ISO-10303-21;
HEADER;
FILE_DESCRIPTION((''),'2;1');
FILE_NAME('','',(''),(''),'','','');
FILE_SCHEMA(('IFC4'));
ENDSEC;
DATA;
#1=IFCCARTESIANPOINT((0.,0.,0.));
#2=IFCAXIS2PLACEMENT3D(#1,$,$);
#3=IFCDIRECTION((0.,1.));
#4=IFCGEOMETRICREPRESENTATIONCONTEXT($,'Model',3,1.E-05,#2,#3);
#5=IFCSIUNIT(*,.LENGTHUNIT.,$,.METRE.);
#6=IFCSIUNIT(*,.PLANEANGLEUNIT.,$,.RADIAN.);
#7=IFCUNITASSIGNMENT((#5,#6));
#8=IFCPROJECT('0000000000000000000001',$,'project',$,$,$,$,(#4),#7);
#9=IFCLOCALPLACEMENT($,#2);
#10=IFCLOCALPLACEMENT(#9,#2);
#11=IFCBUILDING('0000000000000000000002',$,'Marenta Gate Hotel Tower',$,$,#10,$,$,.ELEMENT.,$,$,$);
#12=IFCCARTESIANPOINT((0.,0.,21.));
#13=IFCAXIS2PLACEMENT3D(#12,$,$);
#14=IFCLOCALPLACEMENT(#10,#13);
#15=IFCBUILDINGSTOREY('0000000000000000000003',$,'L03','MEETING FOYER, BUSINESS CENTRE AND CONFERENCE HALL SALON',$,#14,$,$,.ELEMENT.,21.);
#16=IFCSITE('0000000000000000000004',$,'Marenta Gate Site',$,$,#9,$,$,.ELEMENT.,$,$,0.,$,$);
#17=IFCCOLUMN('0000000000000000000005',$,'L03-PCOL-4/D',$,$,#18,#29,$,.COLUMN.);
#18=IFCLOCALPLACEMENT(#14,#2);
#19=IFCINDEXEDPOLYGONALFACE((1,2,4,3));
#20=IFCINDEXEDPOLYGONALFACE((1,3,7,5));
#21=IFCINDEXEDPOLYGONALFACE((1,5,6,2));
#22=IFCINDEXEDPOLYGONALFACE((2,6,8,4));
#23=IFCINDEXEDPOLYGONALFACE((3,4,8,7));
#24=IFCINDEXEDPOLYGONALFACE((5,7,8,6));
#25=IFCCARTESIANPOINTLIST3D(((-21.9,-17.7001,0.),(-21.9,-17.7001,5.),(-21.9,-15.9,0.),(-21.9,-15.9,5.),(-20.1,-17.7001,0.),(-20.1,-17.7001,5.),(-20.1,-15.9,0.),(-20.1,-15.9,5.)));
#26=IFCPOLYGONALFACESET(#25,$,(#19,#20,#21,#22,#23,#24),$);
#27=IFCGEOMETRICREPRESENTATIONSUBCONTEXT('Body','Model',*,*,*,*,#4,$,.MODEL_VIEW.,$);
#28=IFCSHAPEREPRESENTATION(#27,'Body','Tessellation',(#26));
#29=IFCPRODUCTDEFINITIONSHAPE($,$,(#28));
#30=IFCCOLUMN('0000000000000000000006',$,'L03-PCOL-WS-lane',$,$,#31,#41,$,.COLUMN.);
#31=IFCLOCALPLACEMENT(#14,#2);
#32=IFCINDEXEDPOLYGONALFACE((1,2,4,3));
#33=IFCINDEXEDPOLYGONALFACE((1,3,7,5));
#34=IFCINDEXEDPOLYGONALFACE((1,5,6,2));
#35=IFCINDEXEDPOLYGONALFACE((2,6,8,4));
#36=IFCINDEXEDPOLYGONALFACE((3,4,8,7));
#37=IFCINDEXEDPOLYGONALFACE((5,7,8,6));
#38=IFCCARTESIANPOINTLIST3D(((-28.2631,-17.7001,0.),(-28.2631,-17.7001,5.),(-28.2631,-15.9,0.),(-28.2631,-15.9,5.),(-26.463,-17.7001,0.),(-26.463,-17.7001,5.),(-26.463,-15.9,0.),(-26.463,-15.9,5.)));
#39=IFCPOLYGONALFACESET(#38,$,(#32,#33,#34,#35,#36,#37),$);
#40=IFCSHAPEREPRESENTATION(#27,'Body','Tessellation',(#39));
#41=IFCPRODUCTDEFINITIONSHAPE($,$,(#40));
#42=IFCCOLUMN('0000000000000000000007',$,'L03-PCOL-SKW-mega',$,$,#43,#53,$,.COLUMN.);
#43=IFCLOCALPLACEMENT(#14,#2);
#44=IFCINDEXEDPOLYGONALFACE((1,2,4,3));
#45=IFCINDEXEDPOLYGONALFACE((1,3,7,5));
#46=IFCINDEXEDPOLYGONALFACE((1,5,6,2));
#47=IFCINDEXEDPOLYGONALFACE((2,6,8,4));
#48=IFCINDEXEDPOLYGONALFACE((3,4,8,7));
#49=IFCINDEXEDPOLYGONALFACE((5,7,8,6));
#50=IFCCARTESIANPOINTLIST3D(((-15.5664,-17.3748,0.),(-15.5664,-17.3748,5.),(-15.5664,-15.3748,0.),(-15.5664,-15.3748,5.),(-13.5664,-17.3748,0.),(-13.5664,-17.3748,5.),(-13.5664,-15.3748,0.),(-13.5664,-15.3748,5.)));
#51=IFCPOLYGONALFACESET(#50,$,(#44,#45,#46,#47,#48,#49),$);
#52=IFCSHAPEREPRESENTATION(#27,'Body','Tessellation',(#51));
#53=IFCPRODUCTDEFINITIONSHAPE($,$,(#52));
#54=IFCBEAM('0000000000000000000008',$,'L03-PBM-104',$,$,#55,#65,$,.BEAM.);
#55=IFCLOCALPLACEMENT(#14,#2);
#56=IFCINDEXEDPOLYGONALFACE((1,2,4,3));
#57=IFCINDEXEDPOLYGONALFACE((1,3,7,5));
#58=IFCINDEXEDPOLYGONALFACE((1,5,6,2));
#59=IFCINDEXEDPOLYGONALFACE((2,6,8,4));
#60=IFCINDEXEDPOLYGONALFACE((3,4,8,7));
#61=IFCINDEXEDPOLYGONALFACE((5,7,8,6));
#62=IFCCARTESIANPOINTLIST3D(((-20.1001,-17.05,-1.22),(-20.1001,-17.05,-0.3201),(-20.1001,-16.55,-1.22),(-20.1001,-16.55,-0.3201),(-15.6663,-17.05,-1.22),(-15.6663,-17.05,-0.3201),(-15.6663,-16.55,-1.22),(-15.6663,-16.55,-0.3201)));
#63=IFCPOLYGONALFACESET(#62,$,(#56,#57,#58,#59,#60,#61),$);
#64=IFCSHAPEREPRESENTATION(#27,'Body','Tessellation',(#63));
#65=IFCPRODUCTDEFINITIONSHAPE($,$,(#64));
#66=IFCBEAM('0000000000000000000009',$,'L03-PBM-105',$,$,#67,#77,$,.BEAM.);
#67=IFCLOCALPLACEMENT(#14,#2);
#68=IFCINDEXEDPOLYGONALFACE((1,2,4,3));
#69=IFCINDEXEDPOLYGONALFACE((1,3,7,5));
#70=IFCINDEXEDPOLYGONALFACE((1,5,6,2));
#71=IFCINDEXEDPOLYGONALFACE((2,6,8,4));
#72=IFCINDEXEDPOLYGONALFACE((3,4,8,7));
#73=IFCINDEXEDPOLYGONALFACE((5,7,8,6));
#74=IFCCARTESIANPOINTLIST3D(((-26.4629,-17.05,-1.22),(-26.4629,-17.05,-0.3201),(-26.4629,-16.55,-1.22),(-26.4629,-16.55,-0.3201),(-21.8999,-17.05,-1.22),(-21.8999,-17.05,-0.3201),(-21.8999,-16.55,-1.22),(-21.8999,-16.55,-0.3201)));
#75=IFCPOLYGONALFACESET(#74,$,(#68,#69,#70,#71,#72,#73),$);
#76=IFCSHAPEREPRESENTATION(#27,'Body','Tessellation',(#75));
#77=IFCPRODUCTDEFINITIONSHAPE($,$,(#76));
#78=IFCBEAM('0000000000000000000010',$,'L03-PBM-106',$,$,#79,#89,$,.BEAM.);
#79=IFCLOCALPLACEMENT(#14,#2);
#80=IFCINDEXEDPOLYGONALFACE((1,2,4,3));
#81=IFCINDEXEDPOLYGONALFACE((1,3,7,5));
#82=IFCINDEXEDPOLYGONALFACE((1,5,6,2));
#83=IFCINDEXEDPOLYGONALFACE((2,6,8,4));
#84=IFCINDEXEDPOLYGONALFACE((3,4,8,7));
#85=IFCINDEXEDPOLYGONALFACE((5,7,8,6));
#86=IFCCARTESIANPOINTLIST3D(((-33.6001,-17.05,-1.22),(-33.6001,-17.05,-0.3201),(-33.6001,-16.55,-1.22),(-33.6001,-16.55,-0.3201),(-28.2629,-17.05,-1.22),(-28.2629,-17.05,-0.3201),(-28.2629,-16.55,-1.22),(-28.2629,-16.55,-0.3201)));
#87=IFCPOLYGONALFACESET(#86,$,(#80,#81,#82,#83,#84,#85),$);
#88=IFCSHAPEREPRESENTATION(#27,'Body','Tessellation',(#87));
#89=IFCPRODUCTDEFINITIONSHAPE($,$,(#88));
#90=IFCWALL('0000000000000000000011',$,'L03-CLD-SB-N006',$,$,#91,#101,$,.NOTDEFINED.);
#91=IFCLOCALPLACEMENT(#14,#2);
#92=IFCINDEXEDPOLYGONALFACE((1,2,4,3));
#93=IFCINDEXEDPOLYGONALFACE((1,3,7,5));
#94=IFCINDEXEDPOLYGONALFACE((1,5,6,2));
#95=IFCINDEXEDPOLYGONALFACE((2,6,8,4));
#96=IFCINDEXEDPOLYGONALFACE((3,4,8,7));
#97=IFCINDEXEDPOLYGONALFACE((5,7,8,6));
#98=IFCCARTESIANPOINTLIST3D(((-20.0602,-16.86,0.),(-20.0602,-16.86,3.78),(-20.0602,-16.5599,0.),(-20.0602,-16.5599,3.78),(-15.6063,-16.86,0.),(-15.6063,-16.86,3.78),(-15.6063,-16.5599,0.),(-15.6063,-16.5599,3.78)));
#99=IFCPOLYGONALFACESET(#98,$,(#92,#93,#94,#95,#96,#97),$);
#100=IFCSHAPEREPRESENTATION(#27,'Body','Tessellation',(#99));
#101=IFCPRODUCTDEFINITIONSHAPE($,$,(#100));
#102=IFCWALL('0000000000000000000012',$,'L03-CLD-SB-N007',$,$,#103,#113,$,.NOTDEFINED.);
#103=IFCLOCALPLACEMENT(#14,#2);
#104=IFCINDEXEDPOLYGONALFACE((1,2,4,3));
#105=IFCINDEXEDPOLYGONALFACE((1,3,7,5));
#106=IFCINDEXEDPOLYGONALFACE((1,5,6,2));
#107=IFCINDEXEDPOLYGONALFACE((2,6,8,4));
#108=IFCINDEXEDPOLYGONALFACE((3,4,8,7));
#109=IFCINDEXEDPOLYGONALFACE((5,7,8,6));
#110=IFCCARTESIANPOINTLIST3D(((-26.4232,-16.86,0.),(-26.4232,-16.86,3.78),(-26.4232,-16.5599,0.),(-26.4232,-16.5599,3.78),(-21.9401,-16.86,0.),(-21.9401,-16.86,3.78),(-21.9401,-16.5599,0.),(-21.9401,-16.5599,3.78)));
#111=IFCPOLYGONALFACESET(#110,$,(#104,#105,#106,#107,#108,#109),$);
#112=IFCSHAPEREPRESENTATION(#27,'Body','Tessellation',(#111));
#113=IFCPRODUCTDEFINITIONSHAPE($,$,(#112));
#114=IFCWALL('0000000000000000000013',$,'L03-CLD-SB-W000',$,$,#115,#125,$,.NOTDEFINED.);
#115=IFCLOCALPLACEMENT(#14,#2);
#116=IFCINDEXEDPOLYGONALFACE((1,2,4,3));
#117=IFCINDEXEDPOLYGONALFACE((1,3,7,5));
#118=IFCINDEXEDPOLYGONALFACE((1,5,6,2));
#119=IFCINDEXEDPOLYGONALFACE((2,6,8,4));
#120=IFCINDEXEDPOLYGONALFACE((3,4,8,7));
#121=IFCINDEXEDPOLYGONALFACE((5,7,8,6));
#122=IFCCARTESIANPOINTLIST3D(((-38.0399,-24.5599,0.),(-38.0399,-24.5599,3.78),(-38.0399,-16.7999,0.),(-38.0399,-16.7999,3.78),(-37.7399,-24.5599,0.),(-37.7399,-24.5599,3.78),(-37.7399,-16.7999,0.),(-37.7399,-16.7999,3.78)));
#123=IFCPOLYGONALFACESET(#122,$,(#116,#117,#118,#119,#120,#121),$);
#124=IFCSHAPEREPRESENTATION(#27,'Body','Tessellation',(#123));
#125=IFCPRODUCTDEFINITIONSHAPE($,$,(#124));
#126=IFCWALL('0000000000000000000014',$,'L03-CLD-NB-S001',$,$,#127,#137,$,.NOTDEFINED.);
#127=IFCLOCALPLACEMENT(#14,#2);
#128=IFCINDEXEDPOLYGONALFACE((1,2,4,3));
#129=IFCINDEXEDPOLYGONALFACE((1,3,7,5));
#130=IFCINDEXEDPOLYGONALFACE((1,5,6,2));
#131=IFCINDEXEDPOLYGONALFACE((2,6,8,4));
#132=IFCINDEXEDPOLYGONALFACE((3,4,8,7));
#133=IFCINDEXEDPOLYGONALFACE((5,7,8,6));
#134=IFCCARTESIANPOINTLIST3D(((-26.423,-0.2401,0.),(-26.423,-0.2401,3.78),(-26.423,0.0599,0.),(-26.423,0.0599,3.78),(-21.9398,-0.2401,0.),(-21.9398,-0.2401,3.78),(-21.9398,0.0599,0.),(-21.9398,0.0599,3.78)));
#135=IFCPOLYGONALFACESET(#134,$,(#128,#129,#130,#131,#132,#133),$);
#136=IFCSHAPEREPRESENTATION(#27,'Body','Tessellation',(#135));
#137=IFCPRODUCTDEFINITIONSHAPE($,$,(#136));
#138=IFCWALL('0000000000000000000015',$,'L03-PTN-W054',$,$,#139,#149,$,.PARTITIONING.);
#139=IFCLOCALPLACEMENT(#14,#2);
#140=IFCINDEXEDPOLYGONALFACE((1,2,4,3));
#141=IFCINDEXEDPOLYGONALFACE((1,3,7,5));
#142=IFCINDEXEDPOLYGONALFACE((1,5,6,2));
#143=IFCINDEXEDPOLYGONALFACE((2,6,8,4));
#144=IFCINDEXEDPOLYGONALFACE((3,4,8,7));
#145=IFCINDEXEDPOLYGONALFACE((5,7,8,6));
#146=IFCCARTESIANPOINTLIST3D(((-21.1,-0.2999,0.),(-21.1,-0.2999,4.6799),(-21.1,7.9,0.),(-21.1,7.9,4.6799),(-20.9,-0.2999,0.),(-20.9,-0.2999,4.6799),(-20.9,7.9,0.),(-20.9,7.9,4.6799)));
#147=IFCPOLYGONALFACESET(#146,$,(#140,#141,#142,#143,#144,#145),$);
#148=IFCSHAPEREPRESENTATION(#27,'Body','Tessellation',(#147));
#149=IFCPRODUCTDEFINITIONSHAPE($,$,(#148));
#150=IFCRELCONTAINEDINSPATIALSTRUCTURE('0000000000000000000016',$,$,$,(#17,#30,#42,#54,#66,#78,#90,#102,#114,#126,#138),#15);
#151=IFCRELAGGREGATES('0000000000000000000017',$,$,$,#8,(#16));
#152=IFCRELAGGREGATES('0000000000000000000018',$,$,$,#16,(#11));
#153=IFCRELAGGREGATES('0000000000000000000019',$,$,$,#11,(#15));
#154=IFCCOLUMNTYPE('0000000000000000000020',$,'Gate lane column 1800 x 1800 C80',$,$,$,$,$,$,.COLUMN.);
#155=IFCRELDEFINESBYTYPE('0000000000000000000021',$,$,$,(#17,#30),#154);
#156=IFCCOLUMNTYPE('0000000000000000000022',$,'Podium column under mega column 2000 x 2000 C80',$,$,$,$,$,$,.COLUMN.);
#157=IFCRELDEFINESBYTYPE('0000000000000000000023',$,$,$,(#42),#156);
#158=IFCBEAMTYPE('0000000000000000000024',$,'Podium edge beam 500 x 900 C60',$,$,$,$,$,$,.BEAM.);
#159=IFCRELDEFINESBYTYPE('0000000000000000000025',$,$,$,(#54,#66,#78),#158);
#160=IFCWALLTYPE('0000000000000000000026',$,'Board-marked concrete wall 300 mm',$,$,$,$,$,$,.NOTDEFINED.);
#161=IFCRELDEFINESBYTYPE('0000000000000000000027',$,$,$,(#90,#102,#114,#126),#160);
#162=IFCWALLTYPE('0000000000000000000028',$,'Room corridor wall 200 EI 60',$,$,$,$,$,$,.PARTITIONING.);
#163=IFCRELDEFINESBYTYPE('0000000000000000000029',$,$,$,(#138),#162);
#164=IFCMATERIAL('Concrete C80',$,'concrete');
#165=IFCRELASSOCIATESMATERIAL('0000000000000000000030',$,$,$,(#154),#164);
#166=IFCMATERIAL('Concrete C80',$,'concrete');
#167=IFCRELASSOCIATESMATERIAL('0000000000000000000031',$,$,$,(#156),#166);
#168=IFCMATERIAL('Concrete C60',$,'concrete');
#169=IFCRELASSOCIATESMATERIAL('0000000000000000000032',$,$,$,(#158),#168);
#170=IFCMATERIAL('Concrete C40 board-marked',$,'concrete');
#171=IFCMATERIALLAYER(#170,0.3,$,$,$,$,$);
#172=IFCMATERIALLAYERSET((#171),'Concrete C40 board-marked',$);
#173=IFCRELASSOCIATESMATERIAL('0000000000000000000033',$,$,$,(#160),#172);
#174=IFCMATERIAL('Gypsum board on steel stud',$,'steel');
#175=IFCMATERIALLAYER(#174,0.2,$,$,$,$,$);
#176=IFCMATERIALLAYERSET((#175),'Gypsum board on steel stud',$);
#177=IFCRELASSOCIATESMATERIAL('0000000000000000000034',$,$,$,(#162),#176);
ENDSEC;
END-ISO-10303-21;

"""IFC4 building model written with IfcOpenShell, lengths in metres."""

from ifc_helpers import new_model, si_unit, direction, frame, frame_2d, origin, origin_2d, place, context, subcontext, project, spatial, rectangle, extrude, material, layer, layer_set, material_profile, profile_set, type_object, element, save


model = new_model("IFC4")

# Units and contexts
model_context = context("Model", 3, precision=1e-05, world=origin(), true_north=direction((0.0, 1.0)))
body_context = subcontext(model_context, "Body", "Model", "MODEL_VIEW")
ifc_project = project(units=[si_unit("LENGTHUNIT", "METRE"), si_unit("PLANEANGLEUNIT", "RADIAN")], contexts=[model_context])

# Site, building, storey
site_placement = place(None, origin())
site = spatial("IfcSite", under=ifc_project, at=site_placement, Name="Marenta Gate Site", CompositionType="ELEMENT", RefElevation=0.0)
building_placement = place(site_placement, origin())
building = spatial("IfcBuilding", under=site, at=building_placement, Name="Marenta Gate Hotel Tower", CompositionType="ELEMENT")
storey_placement = place(building_placement, frame((0.0, 0.0, 21.0)))
storey = spatial("IfcBuildingStorey", under=building, at=storey_placement, Name="L03", Description="MEETING FOYER, BUSINESS CENTRE AND CONFERENCE HALL SALON", CompositionType="ELEMENT", Elevation=21.0)

# Columns
ifc_material_1 = material(Name="Concrete C80", Category="concrete")
ifc_material_profile_1 = material_profile(ifc_material_1, rectangle(XDim=1.8, YDim=1.8, at=origin_2d()), Name="1800 x 1800")
ifc_profile_set_1 = profile_set([ifc_material_profile_1], Name="Concrete C80")
column_type_1 = type_object("IfcColumnType", Name="Gate lane column 1800 x 1800 C80", PredefinedType="COLUMN", material=ifc_profile_set_1)
for number, where, z_axis, x_axis, name in (
    (1, (-21.0, -16.8, 0.0), (0.0, 0.0, 1.0), (1.0, 0.0, 0.0), "L03-PCOL-4/D"),
    (2, (-27.363, -16.8, 0.0), (0.0, 0.0, 1.0), (1.0, 0.0, 0.0), "L03-PCOL-WS-lane"),
):
    element("IfcColumn", number, at=place(storey_placement, frame(where, z_axis=z_axis, x_axis=x_axis)), inside=storey, type_object=column_type_1, Name=name, PredefinedType="COLUMN", context=body_context, shape_type="SweptSolid", body=[
        extrude(rectangle(XDim=1.8, YDim=1.8, at=origin_2d()), origin(), (0.0, 0.0, 1.0), 5.0),
    ])
ifc_material_2 = material(Name="Concrete C80", Category="concrete")
ifc_material_profile_2 = material_profile(ifc_material_2, rectangle(XDim=2.0, YDim=2.0, at=origin_2d()), Name="2000 x 2000")
ifc_profile_set_2 = profile_set([ifc_material_profile_2], Name="Concrete C80")
column_type_2 = type_object("IfcColumnType", Name="Podium column under mega column 2000 x 2000 C80", PredefinedType="COLUMN", material=ifc_profile_set_2)
column_placement = place(storey_placement, frame((-14.5664, -16.3748, 0.0), z_axis=(0.0, 0.0, 1.0), x_axis=(1.0, 0.0, 0.0)))
element("IfcColumn", 3, at=column_placement, inside=storey, type_object=column_type_2, Name="L03-PCOL-SKW-mega", PredefinedType="COLUMN", context=body_context, shape_type="SweptSolid", body=[
    extrude(rectangle(XDim=2.0, YDim=2.0, at=origin_2d()), origin(), (0.0, 0.0, 1.0), 5.0),
])

# Beams
ifc_material_3 = material(Name="Concrete C60", Category="concrete")
ifc_material_profile_3 = material_profile(ifc_material_3, rectangle(XDim=0.5, YDim=0.8999, at=origin_2d()), Name="500 x 900")
ifc_profile_set_3 = profile_set([ifc_material_profile_3], Name="Concrete C60")
beam_type = type_object("IfcBeamType", Name="Podium edge beam 500 x 900 C60", PredefinedType="BEAM", material=ifc_profile_set_3)
beam_1_placement = place(storey_placement, frame((-15.6663, -16.8, -0.77), z_axis=(-1.0, 0.0, 0.0), x_axis=(0.0, -1.0, 0.0)))
element("IfcBeam", 4, at=beam_1_placement, inside=storey, type_object=beam_type, Name="L03-PBM-104", PredefinedType="BEAM", context=body_context, shape_type="SweptSolid", body=[
    extrude(rectangle(XDim=0.5, YDim=0.8999, at=origin_2d()), origin(), (0.0, 0.0, 1.0), 4.4338),
])
beam_2_placement = place(storey_placement, frame((-21.8999, -16.8, -0.77), z_axis=(-1.0, 0.0, 0.0), x_axis=(0.0, -1.0, 0.0)))
element("IfcBeam", 5, at=beam_2_placement, inside=storey, type_object=beam_type, Name="L03-PBM-105", PredefinedType="BEAM", context=body_context, shape_type="SweptSolid", body=[
    extrude(rectangle(XDim=0.5, YDim=0.8999, at=origin_2d()), origin(), (0.0, 0.0, 1.0), 4.563),
])
beam_3_placement = place(storey_placement, frame((-28.2629, -16.8, -0.77), z_axis=(-1.0, 0.0, 0.0), x_axis=(0.0, -1.0, 0.0)))
element("IfcBeam", 6, at=beam_3_placement, inside=storey, type_object=beam_type, Name="L03-PBM-106", PredefinedType="BEAM", context=body_context, shape_type="SweptSolid", body=[
    extrude(rectangle(XDim=0.5, YDim=0.8999, at=origin_2d()), origin(), (0.0, 0.0, 1.0), 5.3372),
])

# Walls
ifc_material_4 = material(Name="Concrete C40 board-marked", Category="concrete")
ifc_layer_1 = layer(ifc_material_4, 0.3)
ifc_layer_set_1 = layer_set([ifc_layer_1], Name="Concrete C40 board-marked")
wall_type_1 = type_object("IfcWallType", Name="Board-marked concrete wall 300 mm", PredefinedType="NOTDEFINED", material=ifc_layer_set_1)
wall_1_placement = place(storey_placement, frame((-15.6062, -16.71, 0.0), z_axis=(0.0, 0.0, 1.0), x_axis=(-1.0, 0.0, 0.0)))
element("IfcWall", 7, at=wall_1_placement, inside=storey, type_object=wall_type_1, Name="L03-CLD-SB-N006", PredefinedType="NOTDEFINED", context=body_context, shape_type="SweptSolid", body=[
    extrude(rectangle(XDim=4.4539, YDim=0.3, at=frame_2d((2.2271, 0.0))), origin(), (0.0, 0.0, 1.0), 3.78),
])
wall_2_placement = place(storey_placement, frame((-21.9399, -16.71, 0.0), z_axis=(0.0, 0.0, 1.0), x_axis=(-1.0, 0.0, 0.0)))
element("IfcWall", 8, at=wall_2_placement, inside=storey, type_object=wall_type_1, Name="L03-CLD-SB-N007", PredefinedType="NOTDEFINED", context=body_context, shape_type="SweptSolid", body=[
    extrude(rectangle(XDim=4.4832, YDim=0.3, at=frame_2d((2.2417, 0.0))), origin(), (0.0, 0.0, 1.0), 3.78),
])

# Wall
wall_3_placement = place(storey_placement, frame((-37.8899, -16.8, 0.0), z_axis=(0.0, 0.0, 1.0), x_axis=(0.0, -1.0, 0.0)))
element("IfcWall", 9, at=wall_3_placement, inside=storey, type_object=wall_type_1, Name="L03-CLD-SB-W000", PredefinedType="NOTDEFINED", context=body_context, shape_type="SweptSolid", body=[
    extrude(rectangle(XDim=7.76, YDim=0.3, at=frame_2d((3.8799, 0.0))), origin(), (0.0, 0.0, 1.0), 3.78),
])

# Wall
wall_4_placement = place(storey_placement, frame((-26.4231, -0.0901, 0.0), z_axis=(0.0, 0.0, 1.0), x_axis=(1.0, 0.0, 0.0)))
element("IfcWall", 10, at=wall_4_placement, inside=storey, type_object=wall_type_1, Name="L03-CLD-NB-S001", PredefinedType="NOTDEFINED", context=body_context, shape_type="SweptSolid", body=[
    extrude(rectangle(XDim=4.4832, YDim=0.3, at=frame_2d((2.2417, 0.0))), origin(), (0.0, 0.0, 1.0), 3.78),
])

# Shared definitions
ifc_material_5 = material(Name="Gypsum board on steel stud", Category="steel")
ifc_layer_2 = layer(ifc_material_5, 0.2)
ifc_layer_set_2 = layer_set([ifc_layer_2], Name="Gypsum board on steel stud")
wall_type_2 = type_object("IfcWallType", Name="Room corridor wall 200 EI 60", PredefinedType="PARTITIONING", material=ifc_layer_set_2)

# Wall
wall_5_placement = place(storey_placement, frame((-21.0, -0.3, 0.0), z_axis=(0.0, 0.0, 1.0), x_axis=(0.0, 1.0, 0.0)))
element("IfcWall", 11, at=wall_5_placement, inside=storey, type_object=wall_type_2, Name="L03-PTN-W054", PredefinedType="PARTITIONING", context=body_context, shape_type="SweptSolid", body=[
    extrude(rectangle(XDim=8.2, YDim=0.2, at=frame_2d((4.1001, 0.0))), origin(), (0.0, 0.0, 1.0), 4.6799),
])

save(model, "model.ifc")
